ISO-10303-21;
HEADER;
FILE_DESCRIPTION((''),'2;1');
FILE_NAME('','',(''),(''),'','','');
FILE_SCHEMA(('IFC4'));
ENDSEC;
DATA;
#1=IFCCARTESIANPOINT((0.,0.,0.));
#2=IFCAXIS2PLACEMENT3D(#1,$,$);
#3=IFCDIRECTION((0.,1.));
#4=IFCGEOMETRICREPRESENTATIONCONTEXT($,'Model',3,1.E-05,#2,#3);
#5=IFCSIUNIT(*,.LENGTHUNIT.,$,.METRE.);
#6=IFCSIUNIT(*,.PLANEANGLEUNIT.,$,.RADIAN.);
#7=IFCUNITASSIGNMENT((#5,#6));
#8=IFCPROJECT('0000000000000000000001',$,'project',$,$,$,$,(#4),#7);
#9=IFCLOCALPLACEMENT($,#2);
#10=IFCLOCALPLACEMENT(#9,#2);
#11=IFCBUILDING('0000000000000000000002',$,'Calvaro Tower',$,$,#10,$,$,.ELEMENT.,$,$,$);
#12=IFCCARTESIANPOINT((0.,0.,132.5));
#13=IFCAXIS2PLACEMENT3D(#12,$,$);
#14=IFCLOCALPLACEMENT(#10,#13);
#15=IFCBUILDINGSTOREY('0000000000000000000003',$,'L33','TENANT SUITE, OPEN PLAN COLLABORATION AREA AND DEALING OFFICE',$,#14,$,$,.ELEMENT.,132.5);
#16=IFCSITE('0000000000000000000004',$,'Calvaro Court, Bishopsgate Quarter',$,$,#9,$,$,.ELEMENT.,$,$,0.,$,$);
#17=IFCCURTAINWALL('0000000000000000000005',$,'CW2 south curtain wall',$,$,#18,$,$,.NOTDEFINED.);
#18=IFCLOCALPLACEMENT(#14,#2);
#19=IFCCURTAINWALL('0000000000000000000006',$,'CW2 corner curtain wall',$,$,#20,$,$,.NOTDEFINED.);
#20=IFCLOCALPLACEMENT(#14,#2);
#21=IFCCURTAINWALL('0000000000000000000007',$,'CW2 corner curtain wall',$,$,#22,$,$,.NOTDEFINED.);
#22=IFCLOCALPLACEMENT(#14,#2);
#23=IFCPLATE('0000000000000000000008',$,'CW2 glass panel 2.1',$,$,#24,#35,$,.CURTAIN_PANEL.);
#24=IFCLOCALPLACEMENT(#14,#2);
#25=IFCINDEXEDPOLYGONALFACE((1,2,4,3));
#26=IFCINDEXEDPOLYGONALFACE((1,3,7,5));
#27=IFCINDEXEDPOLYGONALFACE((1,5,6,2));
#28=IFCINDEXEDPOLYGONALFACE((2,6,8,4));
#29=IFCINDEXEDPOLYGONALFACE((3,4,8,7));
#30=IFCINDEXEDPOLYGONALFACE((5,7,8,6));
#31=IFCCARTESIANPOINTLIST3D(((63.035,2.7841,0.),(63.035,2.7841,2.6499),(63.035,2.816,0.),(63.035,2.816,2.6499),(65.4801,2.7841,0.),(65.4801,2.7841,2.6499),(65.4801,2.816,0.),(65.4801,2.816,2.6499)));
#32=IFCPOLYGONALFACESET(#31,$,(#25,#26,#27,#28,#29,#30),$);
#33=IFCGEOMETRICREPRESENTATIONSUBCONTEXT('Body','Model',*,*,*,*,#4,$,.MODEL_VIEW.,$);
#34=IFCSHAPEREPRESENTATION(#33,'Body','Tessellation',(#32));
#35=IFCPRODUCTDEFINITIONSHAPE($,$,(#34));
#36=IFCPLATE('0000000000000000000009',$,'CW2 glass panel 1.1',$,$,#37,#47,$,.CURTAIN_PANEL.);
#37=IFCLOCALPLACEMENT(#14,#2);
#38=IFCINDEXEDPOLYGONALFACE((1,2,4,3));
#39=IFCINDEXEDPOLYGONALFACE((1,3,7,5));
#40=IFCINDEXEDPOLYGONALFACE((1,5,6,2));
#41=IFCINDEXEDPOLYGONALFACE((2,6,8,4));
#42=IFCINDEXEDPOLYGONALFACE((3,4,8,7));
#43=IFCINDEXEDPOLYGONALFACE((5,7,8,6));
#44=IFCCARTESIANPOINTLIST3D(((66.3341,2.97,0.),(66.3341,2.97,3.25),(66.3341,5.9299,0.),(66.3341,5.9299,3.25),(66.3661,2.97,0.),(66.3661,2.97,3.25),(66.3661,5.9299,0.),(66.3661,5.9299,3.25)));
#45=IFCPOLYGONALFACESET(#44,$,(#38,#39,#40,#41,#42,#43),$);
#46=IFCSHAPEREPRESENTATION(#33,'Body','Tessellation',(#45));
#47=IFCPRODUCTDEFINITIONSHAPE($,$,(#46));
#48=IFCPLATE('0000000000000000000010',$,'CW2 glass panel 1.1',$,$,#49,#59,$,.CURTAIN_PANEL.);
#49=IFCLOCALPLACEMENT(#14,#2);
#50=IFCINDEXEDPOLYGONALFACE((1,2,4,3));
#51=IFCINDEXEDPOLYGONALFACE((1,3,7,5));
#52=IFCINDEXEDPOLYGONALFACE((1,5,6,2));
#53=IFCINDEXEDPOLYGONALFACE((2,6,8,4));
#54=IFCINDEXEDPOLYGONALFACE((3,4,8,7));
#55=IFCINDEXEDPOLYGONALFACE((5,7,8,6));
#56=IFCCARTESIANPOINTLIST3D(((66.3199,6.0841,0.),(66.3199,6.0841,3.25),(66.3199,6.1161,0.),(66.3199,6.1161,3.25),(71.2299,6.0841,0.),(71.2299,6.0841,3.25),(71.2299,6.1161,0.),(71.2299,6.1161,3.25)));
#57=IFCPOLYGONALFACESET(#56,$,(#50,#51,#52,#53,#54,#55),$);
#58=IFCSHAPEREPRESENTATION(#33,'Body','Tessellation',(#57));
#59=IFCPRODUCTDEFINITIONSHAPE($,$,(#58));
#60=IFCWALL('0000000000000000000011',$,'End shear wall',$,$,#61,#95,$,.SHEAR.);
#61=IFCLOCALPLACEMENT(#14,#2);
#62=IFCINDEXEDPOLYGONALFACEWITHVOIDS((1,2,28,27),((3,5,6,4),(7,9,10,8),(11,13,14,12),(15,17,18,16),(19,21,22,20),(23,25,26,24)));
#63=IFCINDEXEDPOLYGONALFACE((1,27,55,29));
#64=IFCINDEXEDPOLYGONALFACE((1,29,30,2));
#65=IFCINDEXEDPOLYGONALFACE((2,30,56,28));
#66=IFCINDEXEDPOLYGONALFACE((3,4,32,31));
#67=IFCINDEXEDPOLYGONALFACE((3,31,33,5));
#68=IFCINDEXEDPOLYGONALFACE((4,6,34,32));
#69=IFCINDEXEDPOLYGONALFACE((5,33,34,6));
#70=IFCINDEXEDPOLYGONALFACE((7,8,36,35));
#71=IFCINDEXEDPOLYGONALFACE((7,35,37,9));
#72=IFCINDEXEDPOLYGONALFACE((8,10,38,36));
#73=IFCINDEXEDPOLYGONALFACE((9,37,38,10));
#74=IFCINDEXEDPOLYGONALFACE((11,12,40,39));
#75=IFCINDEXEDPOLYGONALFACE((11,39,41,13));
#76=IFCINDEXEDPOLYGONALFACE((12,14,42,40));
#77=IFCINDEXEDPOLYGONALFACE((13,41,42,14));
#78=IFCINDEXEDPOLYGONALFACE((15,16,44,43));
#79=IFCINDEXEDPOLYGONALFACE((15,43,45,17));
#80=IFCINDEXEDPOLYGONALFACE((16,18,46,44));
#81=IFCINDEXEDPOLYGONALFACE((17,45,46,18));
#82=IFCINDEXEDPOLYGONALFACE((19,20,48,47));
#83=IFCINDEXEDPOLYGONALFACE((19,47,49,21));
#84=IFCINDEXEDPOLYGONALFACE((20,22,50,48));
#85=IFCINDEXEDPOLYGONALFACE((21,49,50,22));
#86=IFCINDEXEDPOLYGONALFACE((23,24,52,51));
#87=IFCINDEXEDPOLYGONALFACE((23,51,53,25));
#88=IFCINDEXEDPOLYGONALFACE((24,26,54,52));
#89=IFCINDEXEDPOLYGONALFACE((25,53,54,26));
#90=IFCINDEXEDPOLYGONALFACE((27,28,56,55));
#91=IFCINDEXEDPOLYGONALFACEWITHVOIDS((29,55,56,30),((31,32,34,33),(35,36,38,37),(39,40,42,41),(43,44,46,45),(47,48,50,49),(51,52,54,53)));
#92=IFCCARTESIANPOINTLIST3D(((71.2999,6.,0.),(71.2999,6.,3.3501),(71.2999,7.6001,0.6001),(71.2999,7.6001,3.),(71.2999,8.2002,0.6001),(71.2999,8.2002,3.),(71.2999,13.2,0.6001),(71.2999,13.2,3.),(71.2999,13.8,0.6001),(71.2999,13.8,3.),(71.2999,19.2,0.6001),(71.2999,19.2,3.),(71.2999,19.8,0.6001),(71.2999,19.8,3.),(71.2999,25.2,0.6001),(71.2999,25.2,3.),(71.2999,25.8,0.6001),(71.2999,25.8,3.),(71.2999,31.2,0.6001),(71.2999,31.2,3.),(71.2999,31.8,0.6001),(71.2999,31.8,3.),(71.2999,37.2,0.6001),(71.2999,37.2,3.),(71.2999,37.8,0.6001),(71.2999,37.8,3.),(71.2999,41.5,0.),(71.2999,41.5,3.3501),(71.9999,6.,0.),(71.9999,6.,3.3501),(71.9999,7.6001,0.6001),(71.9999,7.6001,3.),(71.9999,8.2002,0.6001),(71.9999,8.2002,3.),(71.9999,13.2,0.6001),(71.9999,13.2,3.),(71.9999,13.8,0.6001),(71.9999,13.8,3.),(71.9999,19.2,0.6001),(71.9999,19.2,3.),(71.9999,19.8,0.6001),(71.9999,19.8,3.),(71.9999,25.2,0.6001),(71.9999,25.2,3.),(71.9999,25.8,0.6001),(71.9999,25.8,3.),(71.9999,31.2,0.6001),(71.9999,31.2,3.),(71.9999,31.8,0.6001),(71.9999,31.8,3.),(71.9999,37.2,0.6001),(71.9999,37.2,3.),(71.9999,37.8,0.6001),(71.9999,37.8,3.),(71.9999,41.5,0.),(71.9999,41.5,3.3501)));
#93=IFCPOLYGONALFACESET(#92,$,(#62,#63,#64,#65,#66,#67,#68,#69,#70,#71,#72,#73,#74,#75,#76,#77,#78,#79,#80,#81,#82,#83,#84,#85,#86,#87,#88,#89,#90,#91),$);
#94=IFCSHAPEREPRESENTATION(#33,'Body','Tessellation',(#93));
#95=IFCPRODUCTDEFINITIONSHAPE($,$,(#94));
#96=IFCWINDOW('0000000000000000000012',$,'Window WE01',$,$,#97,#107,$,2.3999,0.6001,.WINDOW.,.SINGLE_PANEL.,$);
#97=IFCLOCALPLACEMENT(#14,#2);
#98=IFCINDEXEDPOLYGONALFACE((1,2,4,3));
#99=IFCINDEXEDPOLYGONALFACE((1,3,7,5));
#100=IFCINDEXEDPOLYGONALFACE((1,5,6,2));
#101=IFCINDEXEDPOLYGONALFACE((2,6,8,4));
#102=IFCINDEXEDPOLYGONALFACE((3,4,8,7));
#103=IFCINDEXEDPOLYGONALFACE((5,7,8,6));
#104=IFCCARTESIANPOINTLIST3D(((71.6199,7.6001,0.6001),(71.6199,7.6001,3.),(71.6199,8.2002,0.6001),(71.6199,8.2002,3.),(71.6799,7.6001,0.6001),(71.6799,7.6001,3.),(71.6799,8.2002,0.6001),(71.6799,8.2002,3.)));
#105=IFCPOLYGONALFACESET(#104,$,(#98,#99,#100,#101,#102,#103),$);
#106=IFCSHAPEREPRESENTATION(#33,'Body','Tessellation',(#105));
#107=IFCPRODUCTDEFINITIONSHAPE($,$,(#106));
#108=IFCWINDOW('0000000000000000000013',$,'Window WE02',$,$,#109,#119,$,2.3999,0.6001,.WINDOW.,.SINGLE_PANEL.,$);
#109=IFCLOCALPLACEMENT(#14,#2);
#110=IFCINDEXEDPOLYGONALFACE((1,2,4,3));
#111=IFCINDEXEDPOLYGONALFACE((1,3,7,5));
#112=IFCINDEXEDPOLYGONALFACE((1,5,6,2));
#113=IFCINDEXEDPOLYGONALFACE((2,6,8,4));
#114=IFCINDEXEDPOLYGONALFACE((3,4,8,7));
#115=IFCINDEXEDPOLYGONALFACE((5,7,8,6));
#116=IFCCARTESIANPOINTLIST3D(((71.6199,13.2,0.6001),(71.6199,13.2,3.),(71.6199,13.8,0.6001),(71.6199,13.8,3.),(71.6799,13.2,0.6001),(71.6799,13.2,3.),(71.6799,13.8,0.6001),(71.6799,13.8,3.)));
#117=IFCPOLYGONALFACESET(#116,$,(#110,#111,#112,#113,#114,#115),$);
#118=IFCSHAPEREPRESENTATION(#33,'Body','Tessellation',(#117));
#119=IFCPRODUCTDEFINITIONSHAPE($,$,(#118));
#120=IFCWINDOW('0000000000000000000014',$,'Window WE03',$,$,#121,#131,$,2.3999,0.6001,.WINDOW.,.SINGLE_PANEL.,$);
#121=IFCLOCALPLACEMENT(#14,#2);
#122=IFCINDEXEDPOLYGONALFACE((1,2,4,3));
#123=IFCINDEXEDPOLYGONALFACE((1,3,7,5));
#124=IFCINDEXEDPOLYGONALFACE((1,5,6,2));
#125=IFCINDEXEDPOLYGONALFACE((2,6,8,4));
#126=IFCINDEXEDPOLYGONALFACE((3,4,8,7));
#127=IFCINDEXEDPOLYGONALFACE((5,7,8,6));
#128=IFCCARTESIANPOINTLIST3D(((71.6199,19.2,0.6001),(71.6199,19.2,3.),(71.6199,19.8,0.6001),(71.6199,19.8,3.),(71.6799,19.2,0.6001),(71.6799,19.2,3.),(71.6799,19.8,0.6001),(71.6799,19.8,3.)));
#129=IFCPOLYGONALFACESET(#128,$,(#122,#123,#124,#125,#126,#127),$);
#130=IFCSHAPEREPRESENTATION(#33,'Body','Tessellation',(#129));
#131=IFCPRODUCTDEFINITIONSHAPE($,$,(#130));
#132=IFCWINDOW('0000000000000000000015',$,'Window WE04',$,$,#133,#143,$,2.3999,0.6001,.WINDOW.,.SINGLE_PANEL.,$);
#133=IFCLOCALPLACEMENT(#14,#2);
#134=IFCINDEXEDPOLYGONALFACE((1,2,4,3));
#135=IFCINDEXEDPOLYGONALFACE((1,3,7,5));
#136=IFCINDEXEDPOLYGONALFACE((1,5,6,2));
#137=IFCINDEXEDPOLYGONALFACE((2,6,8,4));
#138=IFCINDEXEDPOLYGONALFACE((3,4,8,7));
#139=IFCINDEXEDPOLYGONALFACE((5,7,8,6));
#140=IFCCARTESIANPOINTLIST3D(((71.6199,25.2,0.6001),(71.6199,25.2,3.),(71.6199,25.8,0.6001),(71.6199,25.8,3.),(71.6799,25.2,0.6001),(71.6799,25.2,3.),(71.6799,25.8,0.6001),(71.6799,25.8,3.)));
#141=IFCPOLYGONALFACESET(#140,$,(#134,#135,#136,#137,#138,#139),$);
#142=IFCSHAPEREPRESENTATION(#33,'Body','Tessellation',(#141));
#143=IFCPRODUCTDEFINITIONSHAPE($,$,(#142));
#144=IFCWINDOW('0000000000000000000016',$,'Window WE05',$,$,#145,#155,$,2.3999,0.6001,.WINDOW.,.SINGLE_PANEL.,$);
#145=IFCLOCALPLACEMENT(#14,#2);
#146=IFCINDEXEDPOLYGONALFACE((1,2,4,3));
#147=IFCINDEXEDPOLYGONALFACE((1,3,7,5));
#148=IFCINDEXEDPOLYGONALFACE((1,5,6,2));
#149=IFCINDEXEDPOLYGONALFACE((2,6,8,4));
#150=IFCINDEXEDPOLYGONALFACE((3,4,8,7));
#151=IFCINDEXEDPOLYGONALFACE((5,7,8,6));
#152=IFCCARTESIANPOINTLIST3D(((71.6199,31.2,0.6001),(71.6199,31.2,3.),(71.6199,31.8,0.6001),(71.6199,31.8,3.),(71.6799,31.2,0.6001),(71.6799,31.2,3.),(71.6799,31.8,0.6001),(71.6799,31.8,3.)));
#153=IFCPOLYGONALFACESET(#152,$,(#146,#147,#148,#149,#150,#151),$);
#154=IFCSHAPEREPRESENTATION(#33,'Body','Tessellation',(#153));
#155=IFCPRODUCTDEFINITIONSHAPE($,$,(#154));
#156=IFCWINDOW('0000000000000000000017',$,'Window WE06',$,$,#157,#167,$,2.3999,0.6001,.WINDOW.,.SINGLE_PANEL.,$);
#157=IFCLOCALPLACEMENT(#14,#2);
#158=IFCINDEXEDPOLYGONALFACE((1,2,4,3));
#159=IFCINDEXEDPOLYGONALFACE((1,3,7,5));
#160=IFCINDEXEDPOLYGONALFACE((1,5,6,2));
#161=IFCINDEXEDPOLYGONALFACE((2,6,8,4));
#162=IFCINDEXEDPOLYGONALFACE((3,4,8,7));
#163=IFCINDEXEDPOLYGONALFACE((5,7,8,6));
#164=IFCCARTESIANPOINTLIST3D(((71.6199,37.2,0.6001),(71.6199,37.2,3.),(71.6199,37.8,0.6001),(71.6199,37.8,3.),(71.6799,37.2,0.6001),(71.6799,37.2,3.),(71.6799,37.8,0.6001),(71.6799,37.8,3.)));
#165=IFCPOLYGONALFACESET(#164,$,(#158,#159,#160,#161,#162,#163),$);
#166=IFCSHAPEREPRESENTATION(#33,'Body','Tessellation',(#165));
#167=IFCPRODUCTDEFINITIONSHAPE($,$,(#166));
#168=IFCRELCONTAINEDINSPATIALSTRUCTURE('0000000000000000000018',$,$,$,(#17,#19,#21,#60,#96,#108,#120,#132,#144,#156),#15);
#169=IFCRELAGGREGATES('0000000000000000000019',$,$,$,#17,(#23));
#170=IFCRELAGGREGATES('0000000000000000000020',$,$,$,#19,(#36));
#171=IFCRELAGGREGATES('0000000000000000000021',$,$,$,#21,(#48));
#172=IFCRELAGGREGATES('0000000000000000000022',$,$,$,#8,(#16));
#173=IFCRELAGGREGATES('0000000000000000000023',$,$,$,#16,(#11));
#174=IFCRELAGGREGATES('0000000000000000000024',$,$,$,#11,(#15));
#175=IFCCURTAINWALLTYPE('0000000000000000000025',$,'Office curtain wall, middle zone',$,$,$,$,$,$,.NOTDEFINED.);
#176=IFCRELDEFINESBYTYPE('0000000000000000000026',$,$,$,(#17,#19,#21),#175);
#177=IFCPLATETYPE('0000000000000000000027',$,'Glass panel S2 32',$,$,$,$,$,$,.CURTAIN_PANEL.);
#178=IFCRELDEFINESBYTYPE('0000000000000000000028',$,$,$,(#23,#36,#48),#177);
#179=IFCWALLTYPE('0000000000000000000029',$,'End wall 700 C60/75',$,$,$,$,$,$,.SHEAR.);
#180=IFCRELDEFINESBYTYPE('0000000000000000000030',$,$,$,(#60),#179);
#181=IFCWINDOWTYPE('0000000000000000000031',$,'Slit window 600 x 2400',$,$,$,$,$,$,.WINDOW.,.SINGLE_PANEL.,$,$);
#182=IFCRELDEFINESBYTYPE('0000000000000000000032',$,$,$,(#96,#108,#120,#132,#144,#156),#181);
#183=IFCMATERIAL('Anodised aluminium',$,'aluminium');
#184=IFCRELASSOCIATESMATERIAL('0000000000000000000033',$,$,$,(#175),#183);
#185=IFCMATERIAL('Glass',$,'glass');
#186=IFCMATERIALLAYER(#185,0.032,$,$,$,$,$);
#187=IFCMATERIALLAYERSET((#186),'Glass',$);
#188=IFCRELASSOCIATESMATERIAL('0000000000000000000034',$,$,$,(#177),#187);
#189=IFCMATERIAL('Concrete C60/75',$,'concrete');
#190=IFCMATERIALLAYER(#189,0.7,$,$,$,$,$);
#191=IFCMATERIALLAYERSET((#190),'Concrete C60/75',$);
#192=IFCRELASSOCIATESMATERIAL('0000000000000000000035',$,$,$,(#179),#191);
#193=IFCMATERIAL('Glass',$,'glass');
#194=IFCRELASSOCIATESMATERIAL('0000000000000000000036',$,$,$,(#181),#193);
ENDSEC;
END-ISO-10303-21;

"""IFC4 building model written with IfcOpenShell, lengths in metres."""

from ifc_helpers import new_model, si_unit, direction, frame, frame_2d, origin, origin_2d, place, context, subcontext, project, spatial, rectangle, extrude, material, layer, layer_set, type_object, element, fill, aggregate, save


model = new_model("IFC4")

# Units and contexts
model_context = context("Model", 3, precision=1e-05, world=origin(), true_north=direction((0.0, 1.0)))
body_context = subcontext(model_context, "Body", "Model", "MODEL_VIEW")
ifc_project = project(units=[si_unit("LENGTHUNIT", "METRE"), si_unit("PLANEANGLEUNIT", "RADIAN")], contexts=[model_context])

# Site, building, storey
site_placement = place(None, origin())
site = spatial("IfcSite", under=ifc_project, at=site_placement, Name="Calvaro Court, Bishopsgate Quarter", CompositionType="ELEMENT", RefElevation=0.0)
building_placement = place(site_placement, origin())
building = spatial("IfcBuilding", under=site, at=building_placement, Name="Calvaro Tower", CompositionType="ELEMENT")
storey_placement = place(building_placement, frame((0.0, 0.0, 132.5)))
storey = spatial("IfcBuildingStorey", under=building, at=storey_placement, Name="L33", Description="TENANT SUITE, OPEN PLAN COLLABORATION AREA AND DEALING OFFICE", CompositionType="ELEMENT", Elevation=132.5)

# Curtain walls
ifc_material_1 = material(Name="Anodised aluminium", Category="aluminium")
curtain_wall_type = type_object("IfcCurtainWallType", Name="Office curtain wall, middle zone", PredefinedType="NOTDEFINED", material=ifc_material_1)
curtain_wall_1_placement = place(storey_placement, origin())
curtain_wall_1 = element("IfcCurtainWall", 1, at=curtain_wall_1_placement, inside=storey, type_object=curtain_wall_type, Name="CW2 south curtain wall", PredefinedType="NOTDEFINED")
curtain_wall_2_placement = place(storey_placement, origin())
curtain_wall_2 = element("IfcCurtainWall", 2, at=curtain_wall_2_placement, inside=storey, type_object=curtain_wall_type, Name="CW2 corner curtain wall", PredefinedType="NOTDEFINED")
curtain_wall_3_placement = place(storey_placement, origin())
curtain_wall_3 = element("IfcCurtainWall", 3, at=curtain_wall_3_placement, inside=storey, type_object=curtain_wall_type, Name="CW2 corner curtain wall", PredefinedType="NOTDEFINED")

# Plates
ifc_material_2 = material(Name="Glass", Category="glass")
ifc_layer_1 = layer(ifc_material_2, 0.032)
ifc_layer_set_1 = layer_set([ifc_layer_1], Name="Glass")
plate_type = type_object("IfcPlateType", Name="Glass panel S2 32", PredefinedType="CURTAIN_PANEL", material=ifc_layer_set_1)
plate_1_placement = place(storey_placement, frame((64.2576, 2.8, 0.0), z_axis=(0.0, 0.0, 1.0), x_axis=(1.0, 0.0, 0.0)))
plate_1 = element("IfcPlate", 4, at=plate_1_placement, type_object=plate_type, Name="CW2 glass panel 2.1", PredefinedType="CURTAIN_PANEL", context=body_context, shape_type="SweptSolid", body=[
    extrude(rectangle(XDim=2.4451, YDim=0.032, at=origin_2d()), origin(), (0.0, 0.0, 1.0), 2.6499),
])
aggregate(curtain_wall_1, [plate_1])
plate_2_placement = place(storey_placement, frame((66.3501, 4.45, 0.0), z_axis=(0.0, 0.0, 1.0), x_axis=(0.0, 1.0, 0.0)))
plate_2 = element("IfcPlate", 5, at=plate_2_placement, type_object=plate_type, Name="CW2 glass panel 1.1", PredefinedType="CURTAIN_PANEL", context=body_context, shape_type="SweptSolid", body=[
    extrude(rectangle(XDim=2.96, YDim=0.032, at=origin_2d()), origin(), (0.0, 0.0, 1.0), 3.25),
])
aggregate(curtain_wall_2, [plate_2])
plate_3_placement = place(storey_placement, frame((68.7749, 6.1001, 0.0), z_axis=(0.0, 0.0, 1.0), x_axis=(1.0, 0.0, 0.0)))
plate_3 = element("IfcPlate", 6, at=plate_3_placement, type_object=plate_type, Name="CW2 glass panel 1.1", PredefinedType="CURTAIN_PANEL", context=body_context, shape_type="SweptSolid", body=[
    extrude(rectangle(XDim=4.9099, YDim=0.032, at=origin_2d()), origin(), (0.0, 0.0, 1.0), 3.25),
])
aggregate(curtain_wall_3, [plate_3])

# Wall, openings, windows
ifc_material_3 = material(Name="Concrete C60/75", Category="concrete")
ifc_layer_2 = layer(ifc_material_3, 0.7)
ifc_layer_set_2 = layer_set([ifc_layer_2], Name="Concrete C60/75")
wall_type = type_object("IfcWallType", Name="End wall 700 C60/75", PredefinedType="SHEAR", material=ifc_layer_set_2)
wall_placement = place(storey_placement, frame((71.6499, 6.0, 0.0), z_axis=(0.0, 0.0, 1.0), x_axis=(0.0, 1.0, 0.0)))
wall = element("IfcWall", 7, at=wall_placement, inside=storey, type_object=wall_type, Name="End shear wall", PredefinedType="SHEAR", context=body_context, shape_type="SweptSolid", body=[
    extrude(rectangle(XDim=35.5, YDim=0.7, at=frame_2d((17.75, 0.0))), origin(), (0.0, 0.0, 1.0), 3.3501),
])
opening_1_placement = place(wall_placement, frame((1.6001, 0.0, 0.6001)))
opening_1 = element("IfcOpeningElement", 8, at=opening_1_placement, cuts=wall, PredefinedType="OPENING", context=body_context, shape_type="SweptSolid", body=[
    extrude(rectangle(XDim=0.6001, YDim=2.3999, at=frame_2d((0.3, 1.2))), frame((0.0, 0.3599, 0.0), z_axis=(0.0, -1.0, 0.0), x_axis=(1.0, 0.0, 0.0)), (0.0, 0.0, 1.0), 0.72),
])
opening_2_placement = place(wall_placement, frame((7.2, 0.0, 0.6001)))
opening_2 = element("IfcOpeningElement", 9, at=opening_2_placement, cuts=wall, PredefinedType="OPENING", context=body_context, shape_type="SweptSolid", body=[
    extrude(rectangle(XDim=0.6001, YDim=2.3999, at=frame_2d((0.3, 1.2))), frame((0.0, 0.3599, 0.0), z_axis=(0.0, -1.0, 0.0), x_axis=(1.0, 0.0, 0.0)), (0.0, 0.0, 1.0), 0.72),
])
opening_3_placement = place(wall_placement, frame((13.2, 0.0, 0.6001)))
opening_3 = element("IfcOpeningElement", 10, at=opening_3_placement, cuts=wall, PredefinedType="OPENING", context=body_context, shape_type="SweptSolid", body=[
    extrude(rectangle(XDim=0.6001, YDim=2.3999, at=frame_2d((0.3, 1.2))), frame((0.0, 0.3599, 0.0), z_axis=(0.0, -1.0, 0.0), x_axis=(1.0, 0.0, 0.0)), (0.0, 0.0, 1.0), 0.72),
])
opening_4_placement = place(wall_placement, frame((19.2, 0.0, 0.6001)))
opening_4 = element("IfcOpeningElement", 11, at=opening_4_placement, cuts=wall, PredefinedType="OPENING", context=body_context, shape_type="SweptSolid", body=[
    extrude(rectangle(XDim=0.6001, YDim=2.3999, at=frame_2d((0.3, 1.2))), frame((0.0, 0.3599, 0.0), z_axis=(0.0, -1.0, 0.0), x_axis=(1.0, 0.0, 0.0)), (0.0, 0.0, 1.0), 0.72),
])
opening_5_placement = place(wall_placement, frame((25.2, 0.0, 0.6001)))
opening_5 = element("IfcOpeningElement", 12, at=opening_5_placement, cuts=wall, PredefinedType="OPENING", context=body_context, shape_type="SweptSolid", body=[
    extrude(rectangle(XDim=0.6001, YDim=2.3999, at=frame_2d((0.3, 1.2))), frame((0.0, 0.3599, 0.0), z_axis=(0.0, -1.0, 0.0), x_axis=(1.0, 0.0, 0.0)), (0.0, 0.0, 1.0), 0.72),
])
opening_6_placement = place(wall_placement, frame((31.2, 0.0, 0.6001)))
opening_6 = element("IfcOpeningElement", 13, at=opening_6_placement, cuts=wall, PredefinedType="OPENING", context=body_context, shape_type="SweptSolid", body=[
    extrude(rectangle(XDim=0.6001, YDim=2.3999, at=frame_2d((0.3, 1.2))), frame((0.0, 0.3599, 0.0), z_axis=(0.0, -1.0, 0.0), x_axis=(1.0, 0.0, 0.0)), (0.0, 0.0, 1.0), 0.72),
])
ifc_material_4 = material(Name="Glass", Category="glass")
window_type = type_object("IfcWindowType", Name="Slit window 600 x 2400", PartitioningType="SINGLE_PANEL", PredefinedType="WINDOW", material=ifc_material_4)
window_1_placement = place(opening_1_placement, origin())
window_1 = element("IfcWindow", 14, at=window_1_placement, inside=storey, type_object=window_type, Name="Window WE01", OverallHeight=2.3999, OverallWidth=0.6001, PartitioningType="SINGLE_PANEL", PredefinedType="WINDOW", context=body_context, shape_type="SweptSolid", body=[
    extrude(rectangle(XDim=0.6001, YDim=2.3999, at=frame_2d((0.3, 1.2))), frame((0.0, 0.03, 0.0), z_axis=(0.0, -1.0, 0.0), x_axis=(1.0, 0.0, 0.0)), (0.0, 0.0, 1.0), 0.0601),
])
fill(opening_1, window_1)
window_2_placement = place(opening_2_placement, origin())
window_2 = element("IfcWindow", 15, at=window_2_placement, inside=storey, type_object=window_type, Name="Window WE02", OverallHeight=2.3999, OverallWidth=0.6001, PartitioningType="SINGLE_PANEL", PredefinedType="WINDOW", context=body_context, shape_type="SweptSolid", body=[
    extrude(rectangle(XDim=0.6001, YDim=2.3999, at=frame_2d((0.3, 1.2))), frame((0.0, 0.03, 0.0), z_axis=(0.0, -1.0, 0.0), x_axis=(1.0, 0.0, 0.0)), (0.0, 0.0, 1.0), 0.0601),
])
fill(opening_2, window_2)
window_3_placement = place(opening_3_placement, origin())
window_3 = element("IfcWindow", 16, at=window_3_placement, inside=storey, type_object=window_type, Name="Window WE03", OverallHeight=2.3999, OverallWidth=0.6001, PartitioningType="SINGLE_PANEL", PredefinedType="WINDOW", context=body_context, shape_type="SweptSolid", body=[
    extrude(rectangle(XDim=0.6001, YDim=2.3999, at=frame_2d((0.3, 1.2))), frame((0.0, 0.03, 0.0), z_axis=(0.0, -1.0, 0.0), x_axis=(1.0, 0.0, 0.0)), (0.0, 0.0, 1.0), 0.0601),
])
fill(opening_3, window_3)
window_4_placement = place(opening_4_placement, origin())
window_4 = element("IfcWindow", 17, at=window_4_placement, inside=storey, type_object=window_type, Name="Window WE04", OverallHeight=2.3999, OverallWidth=0.6001, PartitioningType="SINGLE_PANEL", PredefinedType="WINDOW", context=body_context, shape_type="SweptSolid", body=[
    extrude(rectangle(XDim=0.6001, YDim=2.3999, at=frame_2d((0.3, 1.2))), frame((0.0, 0.03, 0.0), z_axis=(0.0, -1.0, 0.0), x_axis=(1.0, 0.0, 0.0)), (0.0, 0.0, 1.0), 0.0601),
])
fill(opening_4, window_4)
window_5_placement = place(opening_5_placement, origin())
window_5 = element("IfcWindow", 18, at=window_5_placement, inside=storey, type_object=window_type, Name="Window WE05", OverallHeight=2.3999, OverallWidth=0.6001, PartitioningType="SINGLE_PANEL", PredefinedType="WINDOW", context=body_context, shape_type="SweptSolid", body=[
    extrude(rectangle(XDim=0.6001, YDim=2.3999, at=frame_2d((0.3, 1.2))), frame((0.0, 0.03, 0.0), z_axis=(0.0, -1.0, 0.0), x_axis=(1.0, 0.0, 0.0)), (0.0, 0.0, 1.0), 0.0601),
])
fill(opening_5, window_5)
window_6_placement = place(opening_6_placement, origin())
window_6 = element("IfcWindow", 19, at=window_6_placement, inside=storey, type_object=window_type, Name="Window WE06", OverallHeight=2.3999, OverallWidth=0.6001, PartitioningType="SINGLE_PANEL", PredefinedType="WINDOW", context=body_context, shape_type="SweptSolid", body=[
    extrude(rectangle(XDim=0.6001, YDim=2.3999, at=frame_2d((0.3, 1.2))), frame((0.0, 0.03, 0.0), z_axis=(0.0, -1.0, 0.0), x_axis=(1.0, 0.0, 0.0)), (0.0, 0.0, 1.0), 0.0601),
])
fill(opening_6, window_6)

save(model, "model.ifc")
